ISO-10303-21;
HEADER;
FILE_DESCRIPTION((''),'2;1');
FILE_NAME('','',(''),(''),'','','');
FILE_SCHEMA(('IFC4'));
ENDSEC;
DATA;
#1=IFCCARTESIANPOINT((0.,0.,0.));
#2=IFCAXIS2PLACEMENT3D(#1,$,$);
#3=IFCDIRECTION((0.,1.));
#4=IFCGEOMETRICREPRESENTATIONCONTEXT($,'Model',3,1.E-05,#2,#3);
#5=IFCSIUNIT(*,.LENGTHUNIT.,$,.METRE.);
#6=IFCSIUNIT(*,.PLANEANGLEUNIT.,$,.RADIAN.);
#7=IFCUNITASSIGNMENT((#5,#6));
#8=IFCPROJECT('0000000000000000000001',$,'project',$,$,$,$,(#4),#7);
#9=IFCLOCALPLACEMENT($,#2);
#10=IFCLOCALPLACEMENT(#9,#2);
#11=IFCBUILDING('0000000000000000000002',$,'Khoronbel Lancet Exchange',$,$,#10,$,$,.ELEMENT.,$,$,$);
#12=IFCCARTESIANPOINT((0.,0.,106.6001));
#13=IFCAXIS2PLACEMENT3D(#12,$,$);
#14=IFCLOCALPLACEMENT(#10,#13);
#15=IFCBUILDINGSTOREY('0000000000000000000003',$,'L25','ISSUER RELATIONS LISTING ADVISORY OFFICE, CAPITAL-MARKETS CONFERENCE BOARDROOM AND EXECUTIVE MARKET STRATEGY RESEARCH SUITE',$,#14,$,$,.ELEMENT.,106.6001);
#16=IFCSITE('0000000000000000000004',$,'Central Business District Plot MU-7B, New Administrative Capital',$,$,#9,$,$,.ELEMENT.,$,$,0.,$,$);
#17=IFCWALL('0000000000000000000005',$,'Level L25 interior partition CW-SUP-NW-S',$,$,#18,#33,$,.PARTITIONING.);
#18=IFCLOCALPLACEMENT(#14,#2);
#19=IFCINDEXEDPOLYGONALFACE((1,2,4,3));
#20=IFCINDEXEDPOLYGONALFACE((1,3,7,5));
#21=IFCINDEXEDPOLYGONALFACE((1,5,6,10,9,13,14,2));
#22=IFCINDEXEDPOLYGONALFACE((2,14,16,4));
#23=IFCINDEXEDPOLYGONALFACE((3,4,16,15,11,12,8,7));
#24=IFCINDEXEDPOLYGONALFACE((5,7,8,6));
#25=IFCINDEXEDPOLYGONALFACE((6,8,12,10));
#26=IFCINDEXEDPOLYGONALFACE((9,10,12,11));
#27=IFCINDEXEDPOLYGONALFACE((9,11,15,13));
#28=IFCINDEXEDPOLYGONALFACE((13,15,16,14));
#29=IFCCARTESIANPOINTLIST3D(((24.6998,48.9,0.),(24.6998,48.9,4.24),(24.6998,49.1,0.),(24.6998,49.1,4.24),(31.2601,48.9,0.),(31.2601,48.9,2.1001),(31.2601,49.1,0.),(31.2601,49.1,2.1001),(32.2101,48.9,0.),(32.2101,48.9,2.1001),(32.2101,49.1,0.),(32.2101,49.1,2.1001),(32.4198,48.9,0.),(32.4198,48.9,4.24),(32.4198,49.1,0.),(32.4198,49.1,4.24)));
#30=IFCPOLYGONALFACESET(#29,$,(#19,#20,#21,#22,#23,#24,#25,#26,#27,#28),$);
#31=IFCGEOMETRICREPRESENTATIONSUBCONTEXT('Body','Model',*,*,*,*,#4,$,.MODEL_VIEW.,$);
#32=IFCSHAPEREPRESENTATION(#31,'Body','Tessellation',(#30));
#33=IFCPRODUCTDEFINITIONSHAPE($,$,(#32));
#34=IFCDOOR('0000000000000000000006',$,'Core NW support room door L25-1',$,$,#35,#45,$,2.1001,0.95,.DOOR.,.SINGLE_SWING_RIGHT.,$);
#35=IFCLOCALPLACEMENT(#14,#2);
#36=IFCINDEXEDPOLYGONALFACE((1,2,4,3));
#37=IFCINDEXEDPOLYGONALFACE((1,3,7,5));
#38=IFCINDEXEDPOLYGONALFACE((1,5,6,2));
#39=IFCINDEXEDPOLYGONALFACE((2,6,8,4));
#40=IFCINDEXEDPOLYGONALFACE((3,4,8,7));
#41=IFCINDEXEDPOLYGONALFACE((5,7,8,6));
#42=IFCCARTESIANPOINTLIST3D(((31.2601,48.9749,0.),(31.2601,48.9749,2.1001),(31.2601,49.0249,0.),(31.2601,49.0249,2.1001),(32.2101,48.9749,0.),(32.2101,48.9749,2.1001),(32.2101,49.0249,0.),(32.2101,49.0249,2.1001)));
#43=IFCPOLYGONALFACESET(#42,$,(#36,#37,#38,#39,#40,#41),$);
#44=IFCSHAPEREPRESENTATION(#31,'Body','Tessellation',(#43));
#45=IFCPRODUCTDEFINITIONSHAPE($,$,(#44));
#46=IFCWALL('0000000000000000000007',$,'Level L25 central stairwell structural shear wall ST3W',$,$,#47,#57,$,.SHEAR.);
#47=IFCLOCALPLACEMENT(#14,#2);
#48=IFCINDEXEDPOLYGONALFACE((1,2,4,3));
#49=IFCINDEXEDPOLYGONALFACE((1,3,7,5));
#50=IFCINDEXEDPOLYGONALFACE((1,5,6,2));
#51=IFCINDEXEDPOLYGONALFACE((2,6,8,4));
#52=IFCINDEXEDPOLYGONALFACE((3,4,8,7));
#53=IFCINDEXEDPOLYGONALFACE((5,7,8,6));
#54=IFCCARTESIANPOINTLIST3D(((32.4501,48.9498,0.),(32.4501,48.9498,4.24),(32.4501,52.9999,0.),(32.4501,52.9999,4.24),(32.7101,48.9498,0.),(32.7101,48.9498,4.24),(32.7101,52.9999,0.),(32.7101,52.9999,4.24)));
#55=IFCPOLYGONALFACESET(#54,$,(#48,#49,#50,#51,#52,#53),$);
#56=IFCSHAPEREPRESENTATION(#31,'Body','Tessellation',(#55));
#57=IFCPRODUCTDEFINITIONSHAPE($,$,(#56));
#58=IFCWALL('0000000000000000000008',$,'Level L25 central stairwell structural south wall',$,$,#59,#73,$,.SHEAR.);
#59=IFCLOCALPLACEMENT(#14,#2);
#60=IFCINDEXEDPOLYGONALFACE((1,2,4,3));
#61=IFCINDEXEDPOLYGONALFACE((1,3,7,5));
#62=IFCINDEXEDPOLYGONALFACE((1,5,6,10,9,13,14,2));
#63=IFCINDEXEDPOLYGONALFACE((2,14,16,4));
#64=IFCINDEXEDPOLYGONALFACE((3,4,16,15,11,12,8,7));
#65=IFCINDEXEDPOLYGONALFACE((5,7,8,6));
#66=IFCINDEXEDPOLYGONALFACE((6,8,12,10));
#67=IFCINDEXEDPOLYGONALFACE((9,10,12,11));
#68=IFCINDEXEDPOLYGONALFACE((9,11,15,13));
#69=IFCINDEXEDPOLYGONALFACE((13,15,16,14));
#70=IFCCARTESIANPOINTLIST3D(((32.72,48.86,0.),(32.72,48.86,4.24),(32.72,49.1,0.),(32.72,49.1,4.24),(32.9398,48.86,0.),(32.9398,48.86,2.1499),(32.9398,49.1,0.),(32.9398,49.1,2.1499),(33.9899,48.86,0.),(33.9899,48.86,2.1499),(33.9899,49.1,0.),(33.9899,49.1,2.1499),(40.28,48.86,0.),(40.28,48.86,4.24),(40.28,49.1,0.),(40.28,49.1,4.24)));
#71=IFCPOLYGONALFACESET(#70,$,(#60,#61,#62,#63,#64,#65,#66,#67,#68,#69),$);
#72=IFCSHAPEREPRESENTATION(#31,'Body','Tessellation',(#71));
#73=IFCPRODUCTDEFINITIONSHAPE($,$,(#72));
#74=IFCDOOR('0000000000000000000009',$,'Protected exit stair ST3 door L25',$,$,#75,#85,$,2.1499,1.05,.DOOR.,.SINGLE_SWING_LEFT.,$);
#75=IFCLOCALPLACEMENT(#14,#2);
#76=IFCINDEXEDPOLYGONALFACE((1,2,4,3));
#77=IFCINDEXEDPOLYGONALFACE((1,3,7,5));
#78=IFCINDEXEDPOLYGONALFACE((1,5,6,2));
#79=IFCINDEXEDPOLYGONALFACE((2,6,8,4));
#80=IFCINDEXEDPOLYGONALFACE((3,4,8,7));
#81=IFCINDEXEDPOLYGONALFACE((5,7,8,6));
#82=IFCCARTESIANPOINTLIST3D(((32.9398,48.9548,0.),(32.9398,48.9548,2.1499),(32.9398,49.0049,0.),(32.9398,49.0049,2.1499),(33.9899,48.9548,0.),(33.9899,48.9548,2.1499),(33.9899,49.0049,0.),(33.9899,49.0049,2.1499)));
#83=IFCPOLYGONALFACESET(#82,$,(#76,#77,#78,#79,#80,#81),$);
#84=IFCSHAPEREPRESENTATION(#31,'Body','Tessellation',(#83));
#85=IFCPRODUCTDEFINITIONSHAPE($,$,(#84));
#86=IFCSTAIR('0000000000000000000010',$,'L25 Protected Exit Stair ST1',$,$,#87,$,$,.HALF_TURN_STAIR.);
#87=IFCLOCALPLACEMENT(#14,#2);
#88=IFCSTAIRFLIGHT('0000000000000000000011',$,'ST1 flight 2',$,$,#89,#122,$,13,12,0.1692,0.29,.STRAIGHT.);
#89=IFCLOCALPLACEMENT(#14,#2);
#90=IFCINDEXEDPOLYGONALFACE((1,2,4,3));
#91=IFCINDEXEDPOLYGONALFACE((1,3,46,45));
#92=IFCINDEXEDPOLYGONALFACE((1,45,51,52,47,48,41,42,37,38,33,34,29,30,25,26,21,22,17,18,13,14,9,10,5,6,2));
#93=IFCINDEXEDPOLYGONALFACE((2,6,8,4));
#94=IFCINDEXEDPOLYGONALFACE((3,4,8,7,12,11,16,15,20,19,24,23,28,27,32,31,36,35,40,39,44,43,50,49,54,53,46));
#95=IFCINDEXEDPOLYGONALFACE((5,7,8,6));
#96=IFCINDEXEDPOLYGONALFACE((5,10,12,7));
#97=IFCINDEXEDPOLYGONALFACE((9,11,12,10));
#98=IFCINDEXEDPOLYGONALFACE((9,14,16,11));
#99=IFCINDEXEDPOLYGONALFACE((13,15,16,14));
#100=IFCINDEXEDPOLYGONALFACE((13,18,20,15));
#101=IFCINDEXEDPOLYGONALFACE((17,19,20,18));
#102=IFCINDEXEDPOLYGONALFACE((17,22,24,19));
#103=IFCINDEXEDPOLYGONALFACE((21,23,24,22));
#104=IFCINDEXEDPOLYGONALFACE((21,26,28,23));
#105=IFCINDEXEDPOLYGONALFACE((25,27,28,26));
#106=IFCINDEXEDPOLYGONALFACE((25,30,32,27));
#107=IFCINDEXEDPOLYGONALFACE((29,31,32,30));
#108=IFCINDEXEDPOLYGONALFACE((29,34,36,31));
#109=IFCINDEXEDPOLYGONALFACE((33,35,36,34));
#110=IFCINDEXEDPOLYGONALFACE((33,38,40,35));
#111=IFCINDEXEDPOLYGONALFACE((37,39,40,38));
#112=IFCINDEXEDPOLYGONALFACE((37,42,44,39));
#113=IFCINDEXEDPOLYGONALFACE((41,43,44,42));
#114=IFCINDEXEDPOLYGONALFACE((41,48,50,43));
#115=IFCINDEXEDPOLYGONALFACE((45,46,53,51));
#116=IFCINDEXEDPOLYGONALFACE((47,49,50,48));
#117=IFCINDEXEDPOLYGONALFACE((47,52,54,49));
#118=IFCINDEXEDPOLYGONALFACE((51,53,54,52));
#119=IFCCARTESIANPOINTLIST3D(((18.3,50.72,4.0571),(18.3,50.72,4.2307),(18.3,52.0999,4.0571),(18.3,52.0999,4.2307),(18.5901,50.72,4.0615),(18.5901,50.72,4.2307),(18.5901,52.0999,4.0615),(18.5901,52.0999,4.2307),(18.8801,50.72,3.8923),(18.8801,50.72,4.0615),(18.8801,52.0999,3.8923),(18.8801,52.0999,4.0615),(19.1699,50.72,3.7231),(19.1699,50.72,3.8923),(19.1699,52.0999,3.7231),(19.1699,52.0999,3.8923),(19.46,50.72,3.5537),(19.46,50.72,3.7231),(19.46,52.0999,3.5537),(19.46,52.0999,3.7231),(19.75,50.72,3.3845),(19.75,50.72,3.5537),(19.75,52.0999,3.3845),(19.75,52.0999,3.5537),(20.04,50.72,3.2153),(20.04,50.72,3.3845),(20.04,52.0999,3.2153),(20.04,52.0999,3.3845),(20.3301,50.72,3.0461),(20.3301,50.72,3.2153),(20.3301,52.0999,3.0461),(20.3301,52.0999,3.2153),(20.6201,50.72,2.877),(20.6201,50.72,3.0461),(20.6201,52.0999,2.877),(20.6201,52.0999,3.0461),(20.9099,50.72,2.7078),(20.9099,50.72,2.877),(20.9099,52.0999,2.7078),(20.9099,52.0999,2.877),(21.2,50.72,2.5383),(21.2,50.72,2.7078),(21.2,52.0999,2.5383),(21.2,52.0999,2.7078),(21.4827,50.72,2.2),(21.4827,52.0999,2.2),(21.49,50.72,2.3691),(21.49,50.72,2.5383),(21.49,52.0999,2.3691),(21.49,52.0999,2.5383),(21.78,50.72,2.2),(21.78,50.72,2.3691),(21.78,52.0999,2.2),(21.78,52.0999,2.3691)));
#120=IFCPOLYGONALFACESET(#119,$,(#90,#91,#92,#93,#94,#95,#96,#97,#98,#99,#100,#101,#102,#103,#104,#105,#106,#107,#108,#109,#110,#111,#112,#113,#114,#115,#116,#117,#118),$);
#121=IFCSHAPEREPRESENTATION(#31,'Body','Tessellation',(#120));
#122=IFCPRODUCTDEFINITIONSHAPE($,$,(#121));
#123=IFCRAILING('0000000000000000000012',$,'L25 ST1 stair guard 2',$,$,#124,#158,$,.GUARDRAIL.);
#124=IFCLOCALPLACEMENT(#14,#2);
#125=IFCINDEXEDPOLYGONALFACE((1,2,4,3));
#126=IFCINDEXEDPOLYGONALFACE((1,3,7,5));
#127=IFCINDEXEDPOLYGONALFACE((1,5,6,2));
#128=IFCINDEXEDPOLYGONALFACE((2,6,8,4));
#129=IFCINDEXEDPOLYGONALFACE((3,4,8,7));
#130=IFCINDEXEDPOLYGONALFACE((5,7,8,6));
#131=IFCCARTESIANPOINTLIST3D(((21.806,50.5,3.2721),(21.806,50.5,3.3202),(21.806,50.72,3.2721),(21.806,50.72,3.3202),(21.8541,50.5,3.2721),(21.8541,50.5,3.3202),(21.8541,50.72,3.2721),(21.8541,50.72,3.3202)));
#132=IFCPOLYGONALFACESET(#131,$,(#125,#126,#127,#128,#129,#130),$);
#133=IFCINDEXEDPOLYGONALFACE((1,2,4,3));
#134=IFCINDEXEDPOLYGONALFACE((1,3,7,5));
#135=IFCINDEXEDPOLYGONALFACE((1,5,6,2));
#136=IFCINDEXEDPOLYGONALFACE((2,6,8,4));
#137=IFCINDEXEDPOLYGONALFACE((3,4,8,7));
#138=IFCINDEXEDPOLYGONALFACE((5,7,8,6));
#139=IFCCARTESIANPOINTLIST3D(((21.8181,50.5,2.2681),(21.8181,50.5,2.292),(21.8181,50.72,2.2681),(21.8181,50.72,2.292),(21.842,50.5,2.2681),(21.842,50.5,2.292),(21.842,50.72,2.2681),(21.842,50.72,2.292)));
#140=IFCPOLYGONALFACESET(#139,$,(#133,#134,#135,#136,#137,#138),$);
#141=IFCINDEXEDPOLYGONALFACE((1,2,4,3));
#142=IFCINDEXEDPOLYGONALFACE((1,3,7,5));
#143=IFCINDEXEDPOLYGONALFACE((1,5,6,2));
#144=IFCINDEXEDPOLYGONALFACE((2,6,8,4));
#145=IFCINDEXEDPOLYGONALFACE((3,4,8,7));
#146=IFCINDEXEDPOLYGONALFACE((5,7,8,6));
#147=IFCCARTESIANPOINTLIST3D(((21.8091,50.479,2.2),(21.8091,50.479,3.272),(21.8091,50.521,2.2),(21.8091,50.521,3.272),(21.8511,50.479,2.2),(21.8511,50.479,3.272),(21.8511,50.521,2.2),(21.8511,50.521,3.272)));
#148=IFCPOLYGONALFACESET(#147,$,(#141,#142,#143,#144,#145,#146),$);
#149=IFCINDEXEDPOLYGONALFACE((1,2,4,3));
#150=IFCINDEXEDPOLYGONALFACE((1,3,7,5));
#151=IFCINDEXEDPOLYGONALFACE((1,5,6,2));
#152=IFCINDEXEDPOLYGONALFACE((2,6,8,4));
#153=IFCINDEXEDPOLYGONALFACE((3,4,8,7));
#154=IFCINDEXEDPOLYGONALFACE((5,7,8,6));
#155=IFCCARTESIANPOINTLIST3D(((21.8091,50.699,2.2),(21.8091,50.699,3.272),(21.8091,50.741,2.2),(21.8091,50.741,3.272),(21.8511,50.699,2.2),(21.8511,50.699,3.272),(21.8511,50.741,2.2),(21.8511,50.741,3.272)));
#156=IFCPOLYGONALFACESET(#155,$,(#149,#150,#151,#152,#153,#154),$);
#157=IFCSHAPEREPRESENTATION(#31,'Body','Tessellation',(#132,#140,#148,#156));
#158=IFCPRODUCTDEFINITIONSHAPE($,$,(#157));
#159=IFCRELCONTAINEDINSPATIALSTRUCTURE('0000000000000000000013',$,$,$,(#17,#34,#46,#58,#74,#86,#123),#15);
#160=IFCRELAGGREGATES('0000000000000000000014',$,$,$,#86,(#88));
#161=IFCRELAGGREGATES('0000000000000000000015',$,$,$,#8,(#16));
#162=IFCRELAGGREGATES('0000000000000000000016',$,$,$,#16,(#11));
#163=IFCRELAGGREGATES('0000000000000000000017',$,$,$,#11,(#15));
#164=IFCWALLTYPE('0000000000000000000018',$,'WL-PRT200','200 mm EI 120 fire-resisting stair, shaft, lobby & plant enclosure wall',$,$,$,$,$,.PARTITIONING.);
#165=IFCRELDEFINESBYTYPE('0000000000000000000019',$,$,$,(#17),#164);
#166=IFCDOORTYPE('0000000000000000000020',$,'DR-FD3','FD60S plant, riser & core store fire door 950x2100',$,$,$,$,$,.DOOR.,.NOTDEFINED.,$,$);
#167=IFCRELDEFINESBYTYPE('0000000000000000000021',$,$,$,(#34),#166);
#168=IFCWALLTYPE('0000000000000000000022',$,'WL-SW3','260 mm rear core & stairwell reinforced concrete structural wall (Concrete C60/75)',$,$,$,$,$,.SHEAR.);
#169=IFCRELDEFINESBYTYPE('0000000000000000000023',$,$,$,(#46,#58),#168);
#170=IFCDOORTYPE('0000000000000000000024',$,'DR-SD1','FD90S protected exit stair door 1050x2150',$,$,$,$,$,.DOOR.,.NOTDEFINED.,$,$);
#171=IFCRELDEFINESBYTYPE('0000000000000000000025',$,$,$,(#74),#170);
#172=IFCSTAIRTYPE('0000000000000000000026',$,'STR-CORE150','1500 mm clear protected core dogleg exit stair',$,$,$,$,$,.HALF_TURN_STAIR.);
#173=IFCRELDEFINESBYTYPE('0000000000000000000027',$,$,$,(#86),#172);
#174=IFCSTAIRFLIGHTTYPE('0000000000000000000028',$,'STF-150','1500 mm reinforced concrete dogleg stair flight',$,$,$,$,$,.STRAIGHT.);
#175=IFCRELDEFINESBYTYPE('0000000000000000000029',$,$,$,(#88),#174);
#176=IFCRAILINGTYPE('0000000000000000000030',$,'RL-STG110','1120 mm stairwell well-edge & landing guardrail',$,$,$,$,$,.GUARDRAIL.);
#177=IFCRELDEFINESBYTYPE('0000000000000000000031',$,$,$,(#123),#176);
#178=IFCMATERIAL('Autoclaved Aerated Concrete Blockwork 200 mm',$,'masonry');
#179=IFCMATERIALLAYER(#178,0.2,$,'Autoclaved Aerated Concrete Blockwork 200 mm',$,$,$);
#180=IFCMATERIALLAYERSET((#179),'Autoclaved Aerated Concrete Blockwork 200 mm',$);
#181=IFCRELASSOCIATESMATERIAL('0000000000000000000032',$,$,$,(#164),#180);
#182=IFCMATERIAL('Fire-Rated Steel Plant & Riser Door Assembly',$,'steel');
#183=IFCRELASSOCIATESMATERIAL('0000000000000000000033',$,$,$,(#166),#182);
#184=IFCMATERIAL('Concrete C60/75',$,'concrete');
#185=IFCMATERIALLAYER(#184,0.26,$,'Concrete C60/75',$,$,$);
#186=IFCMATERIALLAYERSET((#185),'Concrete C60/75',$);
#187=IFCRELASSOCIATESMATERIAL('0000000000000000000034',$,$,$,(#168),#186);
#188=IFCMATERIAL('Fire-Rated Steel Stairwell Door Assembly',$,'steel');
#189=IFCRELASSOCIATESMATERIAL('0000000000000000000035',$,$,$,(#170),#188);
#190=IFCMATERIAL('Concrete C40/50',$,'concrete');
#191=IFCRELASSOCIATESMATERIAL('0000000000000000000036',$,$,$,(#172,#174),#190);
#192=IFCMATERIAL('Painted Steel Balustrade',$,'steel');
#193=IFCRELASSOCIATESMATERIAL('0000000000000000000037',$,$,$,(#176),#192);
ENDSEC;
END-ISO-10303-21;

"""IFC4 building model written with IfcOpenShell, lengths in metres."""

from ifc_helpers import new_model, si_unit, direction, frame, frame_2d, origin, origin_2d, place, context, subcontext, project, spatial, polyline, rectangle, outline, extrude, material, layer, layer_set, type_object, element, fill, aggregate, save


model = new_model("IFC4")

# Units and contexts
model_context = context("Model", 3, precision=1e-05, world=origin(), true_north=direction((0.0, 1.0)))
body_context = subcontext(model_context, "Body", "Model", "MODEL_VIEW")
ifc_project = project(units=[si_unit("LENGTHUNIT", "METRE"), si_unit("PLANEANGLEUNIT", "RADIAN")], contexts=[model_context])

# Site, building, storey
site_placement = place(None, origin())
site = spatial("IfcSite", under=ifc_project, at=site_placement, Name="Central Business District Plot MU-7B, New Administrative Capital", CompositionType="ELEMENT", RefElevation=0.0)
building_placement = place(site_placement, origin())
building = spatial("IfcBuilding", under=site, at=building_placement, Name="Khoronbel Lancet Exchange", CompositionType="ELEMENT")
storey_placement = place(building_placement, frame((0.0, 0.0, 106.6001)))
storey = spatial("IfcBuildingStorey", under=building, at=storey_placement, Name="L25", Description="ISSUER RELATIONS LISTING ADVISORY OFFICE, CAPITAL-MARKETS CONFERENCE BOARDROOM AND EXECUTIVE MARKET STRATEGY RESEARCH SUITE", CompositionType="ELEMENT", Elevation=106.6001)

# Shared definitions
ifc_material_1 = material(Name="Autoclaved Aerated Concrete Blockwork 200 mm", Category="masonry")
ifc_layer_1 = layer(ifc_material_1, 0.2, Name="Autoclaved Aerated Concrete Blockwork 200 mm")
ifc_layer_set_1 = layer_set([ifc_layer_1], Name="Autoclaved Aerated Concrete Blockwork 200 mm")
wall_type_1 = type_object("IfcWallType", Name="WL-PRT200", Description="200 mm EI 120 fire-resisting stair, shaft, lobby & plant enclosure wall", PredefinedType="PARTITIONING", material=ifc_layer_set_1)

# Wall, opening, door
wall_1_placement = place(storey_placement, frame((24.7, 49.0, 0.0), z_axis=(0.0, 0.0, 1.0), x_axis=(1.0, 0.0, 0.0)))
wall_1 = element("IfcWall", 1, at=wall_1_placement, inside=storey, type_object=wall_type_1, Name="Level L25 interior partition CW-SUP-NW-S", PredefinedType="PARTITIONING", context=body_context, shape_type="SweptSolid", body=[
    extrude(rectangle(XDim=7.72, YDim=0.2, at=frame_2d((3.8599, 0.0))), origin(), (0.0, 0.0, 1.0), 4.24),
])
opening_1_placement = place(wall_1_placement, frame((6.5601, 0.0, 0.0)))
opening_1 = element("IfcOpeningElement", 2, at=opening_1_placement, cuts=wall_1, PredefinedType="OPENING", context=body_context, shape_type="SweptSolid", body=[
    extrude(rectangle(XDim=0.95, YDim=2.1001, at=frame_2d((0.4751, 1.05))), frame((0.0, 0.1099, 0.0), z_axis=(0.0, -1.0, 0.0), x_axis=(1.0, 0.0, 0.0)), (0.0, 0.0, 1.0), 0.22),
])
ifc_material_2 = material(Name="Fire-Rated Steel Plant & Riser Door Assembly", Category="steel")
door_type_1 = type_object("IfcDoorType", Name="DR-FD3", Description="FD60S plant, riser & core store fire door 950x2100", OperationType="NOTDEFINED", PredefinedType="DOOR", material=ifc_material_2)
door_1_placement = place(opening_1_placement, origin())
door_1 = element("IfcDoor", 3, at=door_1_placement, inside=storey, type_object=door_type_1, Name="Core NW support room door L25-1", OperationType="SINGLE_SWING_RIGHT", OverallHeight=2.1001, OverallWidth=0.95, PredefinedType="DOOR", context=body_context, shape_type="SweptSolid", body=[
    extrude(rectangle(XDim=0.95, YDim=2.1001, at=frame_2d((0.4751, 1.05))), frame((0.0, 0.0249, 0.0), z_axis=(0.0, -1.0, 0.0), x_axis=(1.0, 0.0, 0.0)), (0.0, 0.0, 1.0), 0.05),
])
fill(opening_1, door_1)

# Wall
ifc_material_3 = material(Name="Concrete C60/75", Category="concrete")
ifc_layer_2 = layer(ifc_material_3, 0.26, Name="Concrete C60/75")
ifc_layer_set_2 = layer_set([ifc_layer_2], Name="Concrete C60/75")
wall_type_2 = type_object("IfcWallType", Name="WL-SW3", Description="260 mm rear core & stairwell reinforced concrete structural wall (Concrete C60/75)", PredefinedType="SHEAR", material=ifc_layer_set_2)
wall_2_placement = place(storey_placement, frame((32.5801, 48.95, 0.0), z_axis=(0.0, 0.0, 1.0), x_axis=(0.0, 1.0, 0.0)))
element("IfcWall", 4, at=wall_2_placement, inside=storey, type_object=wall_type_2, Name="Level L25 central stairwell structural shear wall ST3W", PredefinedType="SHEAR", context=body_context, shape_type="SweptSolid", body=[
    extrude(rectangle(XDim=4.05, YDim=0.26, at=frame_2d((2.0249, 0.0))), origin(), (0.0, 0.0, 1.0), 4.24),
])

# Wall, opening, door
wall_3_placement = place(storey_placement, frame((32.72, 48.98, 0.0), z_axis=(0.0, 0.0, 1.0), x_axis=(1.0, 0.0, 0.0)))
wall_3 = element("IfcWall", 5, at=wall_3_placement, inside=storey, type_object=wall_type_2, Name="Level L25 central stairwell structural south wall", PredefinedType="SHEAR", context=body_context, shape_type="SweptSolid", body=[
    extrude(rectangle(XDim=7.5601, YDim=0.24, at=frame_2d((3.78, 0.0))), origin(), (0.0, 0.0, 1.0), 4.24),
])
opening_2_placement = place(wall_3_placement, frame((0.22, 0.0, 0.0)))
opening_2 = element("IfcOpeningElement", 6, at=opening_2_placement, cuts=wall_3, PredefinedType="OPENING", context=body_context, shape_type="SweptSolid", body=[
    extrude(rectangle(XDim=1.05, YDim=2.1499, at=frame_2d((0.5249, 1.075))), frame((0.0, 0.1299, 0.0), z_axis=(0.0, -1.0, 0.0), x_axis=(1.0, 0.0, 0.0)), (0.0, 0.0, 1.0), 0.26),
])
ifc_material_4 = material(Name="Fire-Rated Steel Stairwell Door Assembly", Category="steel")
door_type_2 = type_object("IfcDoorType", Name="DR-SD1", Description="FD90S protected exit stair door 1050x2150", OperationType="NOTDEFINED", PredefinedType="DOOR", material=ifc_material_4)
door_2_placement = place(opening_2_placement, origin())
door_2 = element("IfcDoor", 7, at=door_2_placement, inside=storey, type_object=door_type_2, Name="Protected exit stair ST3 door L25", OperationType="SINGLE_SWING_LEFT", OverallHeight=2.1499, OverallWidth=1.05, PredefinedType="DOOR", context=body_context, shape_type="SweptSolid", body=[
    extrude(rectangle(XDim=1.05, YDim=2.1499, at=frame_2d((0.5249, 1.075))), frame((0.0, 0.0249, 0.0), z_axis=(0.0, -1.0, 0.0), x_axis=(1.0, 0.0, 0.0)), (0.0, 0.0, 1.0), 0.05),
])
fill(opening_2, door_2)

# Stair, stair flight
ifc_material_5 = material(Name="Concrete C40/50", Category="concrete")
stair_type = type_object("IfcStairType", Name="STR-CORE150", Description="1500 mm clear protected core dogleg exit stair", PredefinedType="HALF_TURN_STAIR", material=ifc_material_5)
stair_placement = place(storey_placement, origin())
stair = element("IfcStair", 8, at=stair_placement, inside=storey, type_object=stair_type, Name="L25 Protected Exit Stair ST1", PredefinedType="HALF_TURN_STAIR")
stair_flight_type = type_object("IfcStairFlightType", Name="STF-150", Description="1500 mm reinforced concrete dogleg stair flight", PredefinedType="STRAIGHT", material=ifc_material_5)
stair_flight_placement = place(storey_placement, frame((21.78, 51.4099, 2.2), z_axis=(0.0, 0.0, 1.0), x_axis=(-1.0, 0.0, 0.0)))
stair_flight = element("IfcStairFlight", 9, at=stair_flight_placement, type_object=stair_flight_type, Name="ST1 flight 2", NumberOfRisers=13, NumberOfTreads=12, PredefinedType="STRAIGHT", RiserHeight=0.1692, TreadLength=0.29, context=body_context, shape_type="SweptSolid", body=[
    extrude(outline(polyline([(0.0, 0.0), (0.0, 0.1692), (0.29, 0.1692), (0.29, 0.3384), (0.5801, 0.3384), (0.5801, 0.5078), (0.8701, 0.5078), (0.8701, 0.677), (1.1599, 0.677), (1.1599, 0.8462), (1.45, 0.8462), (1.45, 1.0154), (1.74, 1.0154), (1.74, 1.1846), (2.03, 1.1846), (2.03, 1.3538), (2.3201, 1.3538), (2.3201, 1.5232), (2.6101, 1.5232), (2.6101, 1.6924), (2.8999, 1.6924), (2.8999, 1.8616), (3.1899, 1.8616), (3.1899, 2.0308), (3.48, 2.0308), (3.48, 2.2), (3.48, 1.8572), (0.2974, 0.0), (0.0, 0.0)])), frame((0.0, 0.6899, 0.0), z_axis=(0.0, -1.0, 0.0), x_axis=(1.0, 0.0, 0.0)), (0.0, 0.0, 1.0), 1.3799),
])
aggregate(stair, [stair_flight])

# Railing
ifc_material_6 = material(Name="Painted Steel Balustrade", Category="steel")
railing_type_1 = type_object("IfcRailingType", Name="RL-STG110", Description="1120 mm stairwell well-edge & landing guardrail", PredefinedType="GUARDRAIL", material=ifc_material_6)
railing_1_placement = place(storey_placement, frame((21.8301, 50.5, 2.2)))
element("IfcRailing", 10, at=railing_1_placement, inside=storey, type_object=railing_type_1, Name="L25 ST1 stair guard 2", PredefinedType="GUARDRAIL", context=body_context, shape_type="SweptSolid", body=[
    extrude(rectangle(XDim=0.0481, YDim=0.0481, at=origin_2d()), frame((0.0, 0.0, 1.0962), z_axis=(0.0, 1.0, 0.0), x_axis=(-1.0, 0.0, 0.0)), (0.0, 0.0, 1.0), 0.22),
    extrude(rectangle(XDim=0.0239, YDim=0.0239, at=origin_2d()), frame((0.0, 0.0, 0.0801), z_axis=(0.0, 1.0, 0.0), x_axis=(-1.0, 0.0, 0.0)), (0.0, 0.0, 1.0), 0.22),
    extrude(rectangle(XDim=0.042, YDim=0.042, at=origin_2d()), origin(), (0.0, 0.0, 1.0), 1.072),
    extrude(rectangle(XDim=0.042, YDim=0.042, at=origin_2d()), frame((0.0, 0.22, 0.0)), (0.0, 0.0, 1.0), 1.072),
])

save(model, "model.ifc")
